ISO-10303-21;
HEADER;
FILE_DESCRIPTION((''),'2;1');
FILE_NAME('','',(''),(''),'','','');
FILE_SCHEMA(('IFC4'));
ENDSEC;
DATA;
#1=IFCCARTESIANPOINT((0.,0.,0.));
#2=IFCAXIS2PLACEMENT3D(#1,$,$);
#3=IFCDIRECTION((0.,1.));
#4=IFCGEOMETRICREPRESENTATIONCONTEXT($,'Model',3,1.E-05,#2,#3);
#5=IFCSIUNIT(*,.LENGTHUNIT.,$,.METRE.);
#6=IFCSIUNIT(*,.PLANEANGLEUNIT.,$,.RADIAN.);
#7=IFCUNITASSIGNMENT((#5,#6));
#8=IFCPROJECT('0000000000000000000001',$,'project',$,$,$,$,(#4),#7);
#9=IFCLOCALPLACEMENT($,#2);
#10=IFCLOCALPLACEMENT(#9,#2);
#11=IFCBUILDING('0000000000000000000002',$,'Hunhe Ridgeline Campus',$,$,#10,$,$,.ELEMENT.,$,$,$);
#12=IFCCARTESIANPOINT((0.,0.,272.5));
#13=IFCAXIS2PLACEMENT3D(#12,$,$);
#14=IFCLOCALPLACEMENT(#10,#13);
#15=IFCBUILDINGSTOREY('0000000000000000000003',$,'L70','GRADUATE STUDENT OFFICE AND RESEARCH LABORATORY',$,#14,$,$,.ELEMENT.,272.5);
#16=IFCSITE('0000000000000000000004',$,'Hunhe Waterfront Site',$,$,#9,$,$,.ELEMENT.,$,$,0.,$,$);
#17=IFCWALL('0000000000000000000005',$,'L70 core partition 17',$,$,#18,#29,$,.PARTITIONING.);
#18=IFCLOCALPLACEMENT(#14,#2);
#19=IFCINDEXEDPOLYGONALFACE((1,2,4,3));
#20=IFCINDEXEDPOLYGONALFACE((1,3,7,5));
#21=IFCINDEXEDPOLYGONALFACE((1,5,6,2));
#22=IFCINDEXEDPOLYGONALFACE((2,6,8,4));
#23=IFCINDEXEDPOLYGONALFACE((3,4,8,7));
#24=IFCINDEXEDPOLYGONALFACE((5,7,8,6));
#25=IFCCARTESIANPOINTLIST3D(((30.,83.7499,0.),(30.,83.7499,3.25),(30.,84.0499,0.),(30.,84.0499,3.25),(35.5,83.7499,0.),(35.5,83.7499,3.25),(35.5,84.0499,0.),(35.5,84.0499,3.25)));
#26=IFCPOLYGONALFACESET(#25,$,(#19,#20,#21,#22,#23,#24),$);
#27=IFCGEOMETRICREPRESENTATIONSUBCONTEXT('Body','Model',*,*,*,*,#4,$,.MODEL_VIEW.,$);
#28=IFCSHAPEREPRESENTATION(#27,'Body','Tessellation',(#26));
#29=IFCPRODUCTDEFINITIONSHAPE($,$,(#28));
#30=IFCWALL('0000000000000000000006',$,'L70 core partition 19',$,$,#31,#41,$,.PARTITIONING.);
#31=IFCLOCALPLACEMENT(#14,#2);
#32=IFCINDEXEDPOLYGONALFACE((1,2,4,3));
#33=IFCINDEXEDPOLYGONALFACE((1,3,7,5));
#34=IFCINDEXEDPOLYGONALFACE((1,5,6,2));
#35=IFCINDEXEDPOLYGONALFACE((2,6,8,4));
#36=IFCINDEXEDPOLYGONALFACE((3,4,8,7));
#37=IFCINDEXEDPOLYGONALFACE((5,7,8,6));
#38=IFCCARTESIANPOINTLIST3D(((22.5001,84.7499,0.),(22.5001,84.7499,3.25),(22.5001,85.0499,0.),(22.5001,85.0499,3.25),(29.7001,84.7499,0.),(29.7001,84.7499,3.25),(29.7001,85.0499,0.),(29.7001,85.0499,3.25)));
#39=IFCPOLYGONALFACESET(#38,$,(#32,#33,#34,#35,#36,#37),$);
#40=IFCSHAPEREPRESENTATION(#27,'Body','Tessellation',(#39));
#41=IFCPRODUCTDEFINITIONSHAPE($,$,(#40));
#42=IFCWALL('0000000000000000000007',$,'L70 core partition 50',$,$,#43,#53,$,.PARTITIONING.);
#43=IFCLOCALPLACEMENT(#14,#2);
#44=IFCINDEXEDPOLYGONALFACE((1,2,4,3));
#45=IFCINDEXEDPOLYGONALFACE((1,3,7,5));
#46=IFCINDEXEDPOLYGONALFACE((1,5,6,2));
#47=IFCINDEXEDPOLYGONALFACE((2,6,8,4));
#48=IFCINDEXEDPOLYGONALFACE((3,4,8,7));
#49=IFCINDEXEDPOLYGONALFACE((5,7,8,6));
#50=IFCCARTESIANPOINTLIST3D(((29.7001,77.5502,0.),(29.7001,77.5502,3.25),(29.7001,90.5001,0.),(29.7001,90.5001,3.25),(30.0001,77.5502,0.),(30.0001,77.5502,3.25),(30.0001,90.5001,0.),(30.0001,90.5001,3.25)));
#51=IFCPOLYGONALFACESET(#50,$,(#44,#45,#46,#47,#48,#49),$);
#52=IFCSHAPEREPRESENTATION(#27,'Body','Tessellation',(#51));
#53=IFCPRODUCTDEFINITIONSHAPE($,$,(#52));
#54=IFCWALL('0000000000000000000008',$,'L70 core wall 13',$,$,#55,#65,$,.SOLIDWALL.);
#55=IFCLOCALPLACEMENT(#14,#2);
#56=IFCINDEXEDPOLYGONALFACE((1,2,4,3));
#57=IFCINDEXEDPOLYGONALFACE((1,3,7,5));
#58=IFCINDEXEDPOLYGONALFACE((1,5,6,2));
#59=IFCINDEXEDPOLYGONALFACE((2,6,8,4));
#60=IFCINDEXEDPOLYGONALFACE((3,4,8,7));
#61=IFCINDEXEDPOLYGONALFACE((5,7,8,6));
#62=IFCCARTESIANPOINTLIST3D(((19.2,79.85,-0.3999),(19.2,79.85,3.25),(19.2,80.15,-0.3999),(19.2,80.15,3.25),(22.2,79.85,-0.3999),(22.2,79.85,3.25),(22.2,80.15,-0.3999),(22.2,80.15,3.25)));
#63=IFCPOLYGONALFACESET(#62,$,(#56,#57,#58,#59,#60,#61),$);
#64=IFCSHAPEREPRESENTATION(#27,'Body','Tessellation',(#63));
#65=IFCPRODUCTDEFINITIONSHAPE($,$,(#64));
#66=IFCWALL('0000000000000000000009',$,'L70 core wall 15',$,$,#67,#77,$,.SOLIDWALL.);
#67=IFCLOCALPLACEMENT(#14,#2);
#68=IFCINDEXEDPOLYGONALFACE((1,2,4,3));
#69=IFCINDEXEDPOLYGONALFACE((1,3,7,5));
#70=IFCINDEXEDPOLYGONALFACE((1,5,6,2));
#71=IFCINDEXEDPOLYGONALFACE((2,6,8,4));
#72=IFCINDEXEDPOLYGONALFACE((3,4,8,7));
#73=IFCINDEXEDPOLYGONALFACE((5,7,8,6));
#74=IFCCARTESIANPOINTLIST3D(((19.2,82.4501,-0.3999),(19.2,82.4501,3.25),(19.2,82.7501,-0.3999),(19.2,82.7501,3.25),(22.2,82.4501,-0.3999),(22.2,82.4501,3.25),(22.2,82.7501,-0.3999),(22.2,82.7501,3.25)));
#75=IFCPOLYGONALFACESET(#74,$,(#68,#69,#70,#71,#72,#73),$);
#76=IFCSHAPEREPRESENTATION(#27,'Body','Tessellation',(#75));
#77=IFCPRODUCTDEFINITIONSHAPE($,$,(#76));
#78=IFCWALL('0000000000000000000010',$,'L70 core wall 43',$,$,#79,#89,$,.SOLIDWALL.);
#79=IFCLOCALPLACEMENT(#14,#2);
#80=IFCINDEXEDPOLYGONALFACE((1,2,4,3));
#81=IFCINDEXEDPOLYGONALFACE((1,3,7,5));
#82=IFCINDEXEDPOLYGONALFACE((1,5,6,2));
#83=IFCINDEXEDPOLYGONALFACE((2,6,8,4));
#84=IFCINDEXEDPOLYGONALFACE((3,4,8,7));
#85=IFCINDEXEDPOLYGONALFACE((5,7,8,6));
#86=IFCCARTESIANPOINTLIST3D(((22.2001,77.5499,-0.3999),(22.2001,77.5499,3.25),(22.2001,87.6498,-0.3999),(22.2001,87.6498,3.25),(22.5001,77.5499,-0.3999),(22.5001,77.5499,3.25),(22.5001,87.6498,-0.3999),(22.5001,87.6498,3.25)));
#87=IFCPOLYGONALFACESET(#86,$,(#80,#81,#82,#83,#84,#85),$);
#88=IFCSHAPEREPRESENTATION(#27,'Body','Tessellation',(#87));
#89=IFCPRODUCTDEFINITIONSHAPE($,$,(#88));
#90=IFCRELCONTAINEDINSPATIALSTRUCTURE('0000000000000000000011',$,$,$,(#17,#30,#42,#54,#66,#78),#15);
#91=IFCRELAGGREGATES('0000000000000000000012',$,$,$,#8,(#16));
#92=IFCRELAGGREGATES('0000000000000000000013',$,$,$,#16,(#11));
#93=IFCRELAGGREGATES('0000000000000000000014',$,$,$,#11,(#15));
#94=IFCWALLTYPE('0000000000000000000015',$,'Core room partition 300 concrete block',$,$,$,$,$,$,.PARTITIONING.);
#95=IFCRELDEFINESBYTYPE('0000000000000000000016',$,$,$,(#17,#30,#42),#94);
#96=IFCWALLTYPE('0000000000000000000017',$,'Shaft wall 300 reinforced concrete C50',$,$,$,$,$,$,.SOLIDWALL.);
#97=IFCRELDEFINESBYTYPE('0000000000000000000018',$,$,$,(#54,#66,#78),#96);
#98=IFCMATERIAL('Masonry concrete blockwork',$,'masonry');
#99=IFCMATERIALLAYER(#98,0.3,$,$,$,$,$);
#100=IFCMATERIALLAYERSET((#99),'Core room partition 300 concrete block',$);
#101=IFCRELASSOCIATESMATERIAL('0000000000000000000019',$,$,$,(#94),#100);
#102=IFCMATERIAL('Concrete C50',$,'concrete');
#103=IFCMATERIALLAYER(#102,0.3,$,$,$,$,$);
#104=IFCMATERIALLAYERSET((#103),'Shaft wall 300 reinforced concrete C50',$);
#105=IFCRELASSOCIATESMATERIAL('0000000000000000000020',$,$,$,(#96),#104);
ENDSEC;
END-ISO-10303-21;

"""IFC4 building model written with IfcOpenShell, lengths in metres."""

from ifc_helpers import new_model, si_unit, direction, frame, frame_2d, origin, place, context, subcontext, project, spatial, rectangle, extrude, material, layer, layer_set, type_object, element, save


model = new_model("IFC4")

# Units and contexts
model_context = context("Model", 3, precision=1e-05, world=origin(), true_north=direction((0.0, 1.0)))
body_context = subcontext(model_context, "Body", "Model", "MODEL_VIEW")
ifc_project = project(units=[si_unit("LENGTHUNIT", "METRE"), si_unit("PLANEANGLEUNIT", "RADIAN")], contexts=[model_context])

# Site, building, storey
site_placement = place(None, origin())
site = spatial("IfcSite", under=ifc_project, at=site_placement, Name="Hunhe Waterfront Site", CompositionType="ELEMENT", RefElevation=0.0)
building_placement = place(site_placement, origin())
building = spatial("IfcBuilding", under=site, at=building_placement, Name="Hunhe Ridgeline Campus", CompositionType="ELEMENT")
storey_placement = place(building_placement, frame((0.0, 0.0, 272.5)))
storey = spatial("IfcBuildingStorey", under=building, at=storey_placement, Name="L70", Description="GRADUATE STUDENT OFFICE AND RESEARCH LABORATORY", CompositionType="ELEMENT", Elevation=272.5)

# Shared definitions
ifc_material_1 = material(Name="Masonry concrete blockwork", Category="masonry")
ifc_layer_1 = layer(ifc_material_1, 0.3)
ifc_layer_set_1 = layer_set([ifc_layer_1], Name="Core room partition 300 concrete block")
wall_type_1 = type_object("IfcWallType", Name="Core room partition 300 concrete block", PredefinedType="PARTITIONING", material=ifc_layer_set_1)

# Walls
wall_1_placement = place(storey_placement, frame((30.0, 83.8999, 0.0), z_axis=(0.0, 0.0, 1.0), x_axis=(1.0, 0.0, 0.0)))
element("IfcWall", 1, at=wall_1_placement, inside=storey, type_object=wall_type_1, Name="L70 core partition 17", PredefinedType="PARTITIONING", context=body_context, shape_type="SweptSolid", body=[
    extrude(rectangle(XDim=5.5, YDim=0.3, at=frame_2d((2.75, 0.0))), origin(), (0.0, 0.0, 1.0), 3.25),
])
wall_2_placement = place(storey_placement, frame((22.5, 84.8999, 0.0), z_axis=(0.0, 0.0, 1.0), x_axis=(1.0, 0.0, 0.0)))
element("IfcWall", 2, at=wall_2_placement, inside=storey, type_object=wall_type_1, Name="L70 core partition 19", PredefinedType="PARTITIONING", context=body_context, shape_type="SweptSolid", body=[
    extrude(rectangle(XDim=7.2, YDim=0.3, at=frame_2d((3.6001, 0.0))), origin(), (0.0, 0.0, 1.0), 3.25),
])
wall_3_placement = place(storey_placement, frame((29.8501, 77.55, 0.0), z_axis=(0.0, 0.0, 1.0), x_axis=(0.0, 1.0, 0.0)))
element("IfcWall", 3, at=wall_3_placement, inside=storey, type_object=wall_type_1, Name="L70 core partition 50", PredefinedType="PARTITIONING", context=body_context, shape_type="SweptSolid", body=[
    extrude(rectangle(XDim=12.95, YDim=0.3, at=frame_2d((6.4751, 0.0))), origin(), (0.0, 0.0, 1.0), 3.25),
])
ifc_material_2 = material(Name="Concrete C50", Category="concrete")
ifc_layer_2 = layer(ifc_material_2, 0.3)
ifc_layer_set_2 = layer_set([ifc_layer_2], Name="Shaft wall 300 reinforced concrete C50")
wall_type_2 = type_object("IfcWallType", Name="Shaft wall 300 reinforced concrete C50", PredefinedType="SOLIDWALL", material=ifc_layer_set_2)
for number, where, z_axis, x_axis, name in (
    (4, (19.2, 80.0, -0.3999), (0.0, 0.0, 1.0), (1.0, 0.0, 0.0), "L70 core wall 13"),
    (5, (19.2, 82.6001, -0.3999), (0.0, 0.0, 1.0), (1.0, 0.0, 0.0), "L70 core wall 15"),
):
    element("IfcWall", number, at=place(storey_placement, frame(where, z_axis=z_axis, x_axis=x_axis)), inside=storey, type_object=wall_type_2, Name=name, PredefinedType="SOLIDWALL", context=body_context, shape_type="SweptSolid", body=[
        extrude(rectangle(XDim=3.0, YDim=0.3, at=frame_2d((1.5, 0.0))), origin(), (0.0, 0.0, 1.0), 3.6499),
    ])

# Wall
wall_4_placement = place(storey_placement, frame((22.3501, 77.55, -0.3999), z_axis=(0.0, 0.0, 1.0), x_axis=(0.0, 1.0, 0.0)))
element("IfcWall", 6, at=wall_4_placement, inside=storey, type_object=wall_type_2, Name="L70 core wall 43", PredefinedType="SOLIDWALL", context=body_context, shape_type="SweptSolid", body=[
    extrude(rectangle(XDim=10.0999, YDim=0.3, at=frame_2d((5.0498, 0.0))), origin(), (0.0, 0.0, 1.0), 3.6499),
])

save(model, "model.ifc")
